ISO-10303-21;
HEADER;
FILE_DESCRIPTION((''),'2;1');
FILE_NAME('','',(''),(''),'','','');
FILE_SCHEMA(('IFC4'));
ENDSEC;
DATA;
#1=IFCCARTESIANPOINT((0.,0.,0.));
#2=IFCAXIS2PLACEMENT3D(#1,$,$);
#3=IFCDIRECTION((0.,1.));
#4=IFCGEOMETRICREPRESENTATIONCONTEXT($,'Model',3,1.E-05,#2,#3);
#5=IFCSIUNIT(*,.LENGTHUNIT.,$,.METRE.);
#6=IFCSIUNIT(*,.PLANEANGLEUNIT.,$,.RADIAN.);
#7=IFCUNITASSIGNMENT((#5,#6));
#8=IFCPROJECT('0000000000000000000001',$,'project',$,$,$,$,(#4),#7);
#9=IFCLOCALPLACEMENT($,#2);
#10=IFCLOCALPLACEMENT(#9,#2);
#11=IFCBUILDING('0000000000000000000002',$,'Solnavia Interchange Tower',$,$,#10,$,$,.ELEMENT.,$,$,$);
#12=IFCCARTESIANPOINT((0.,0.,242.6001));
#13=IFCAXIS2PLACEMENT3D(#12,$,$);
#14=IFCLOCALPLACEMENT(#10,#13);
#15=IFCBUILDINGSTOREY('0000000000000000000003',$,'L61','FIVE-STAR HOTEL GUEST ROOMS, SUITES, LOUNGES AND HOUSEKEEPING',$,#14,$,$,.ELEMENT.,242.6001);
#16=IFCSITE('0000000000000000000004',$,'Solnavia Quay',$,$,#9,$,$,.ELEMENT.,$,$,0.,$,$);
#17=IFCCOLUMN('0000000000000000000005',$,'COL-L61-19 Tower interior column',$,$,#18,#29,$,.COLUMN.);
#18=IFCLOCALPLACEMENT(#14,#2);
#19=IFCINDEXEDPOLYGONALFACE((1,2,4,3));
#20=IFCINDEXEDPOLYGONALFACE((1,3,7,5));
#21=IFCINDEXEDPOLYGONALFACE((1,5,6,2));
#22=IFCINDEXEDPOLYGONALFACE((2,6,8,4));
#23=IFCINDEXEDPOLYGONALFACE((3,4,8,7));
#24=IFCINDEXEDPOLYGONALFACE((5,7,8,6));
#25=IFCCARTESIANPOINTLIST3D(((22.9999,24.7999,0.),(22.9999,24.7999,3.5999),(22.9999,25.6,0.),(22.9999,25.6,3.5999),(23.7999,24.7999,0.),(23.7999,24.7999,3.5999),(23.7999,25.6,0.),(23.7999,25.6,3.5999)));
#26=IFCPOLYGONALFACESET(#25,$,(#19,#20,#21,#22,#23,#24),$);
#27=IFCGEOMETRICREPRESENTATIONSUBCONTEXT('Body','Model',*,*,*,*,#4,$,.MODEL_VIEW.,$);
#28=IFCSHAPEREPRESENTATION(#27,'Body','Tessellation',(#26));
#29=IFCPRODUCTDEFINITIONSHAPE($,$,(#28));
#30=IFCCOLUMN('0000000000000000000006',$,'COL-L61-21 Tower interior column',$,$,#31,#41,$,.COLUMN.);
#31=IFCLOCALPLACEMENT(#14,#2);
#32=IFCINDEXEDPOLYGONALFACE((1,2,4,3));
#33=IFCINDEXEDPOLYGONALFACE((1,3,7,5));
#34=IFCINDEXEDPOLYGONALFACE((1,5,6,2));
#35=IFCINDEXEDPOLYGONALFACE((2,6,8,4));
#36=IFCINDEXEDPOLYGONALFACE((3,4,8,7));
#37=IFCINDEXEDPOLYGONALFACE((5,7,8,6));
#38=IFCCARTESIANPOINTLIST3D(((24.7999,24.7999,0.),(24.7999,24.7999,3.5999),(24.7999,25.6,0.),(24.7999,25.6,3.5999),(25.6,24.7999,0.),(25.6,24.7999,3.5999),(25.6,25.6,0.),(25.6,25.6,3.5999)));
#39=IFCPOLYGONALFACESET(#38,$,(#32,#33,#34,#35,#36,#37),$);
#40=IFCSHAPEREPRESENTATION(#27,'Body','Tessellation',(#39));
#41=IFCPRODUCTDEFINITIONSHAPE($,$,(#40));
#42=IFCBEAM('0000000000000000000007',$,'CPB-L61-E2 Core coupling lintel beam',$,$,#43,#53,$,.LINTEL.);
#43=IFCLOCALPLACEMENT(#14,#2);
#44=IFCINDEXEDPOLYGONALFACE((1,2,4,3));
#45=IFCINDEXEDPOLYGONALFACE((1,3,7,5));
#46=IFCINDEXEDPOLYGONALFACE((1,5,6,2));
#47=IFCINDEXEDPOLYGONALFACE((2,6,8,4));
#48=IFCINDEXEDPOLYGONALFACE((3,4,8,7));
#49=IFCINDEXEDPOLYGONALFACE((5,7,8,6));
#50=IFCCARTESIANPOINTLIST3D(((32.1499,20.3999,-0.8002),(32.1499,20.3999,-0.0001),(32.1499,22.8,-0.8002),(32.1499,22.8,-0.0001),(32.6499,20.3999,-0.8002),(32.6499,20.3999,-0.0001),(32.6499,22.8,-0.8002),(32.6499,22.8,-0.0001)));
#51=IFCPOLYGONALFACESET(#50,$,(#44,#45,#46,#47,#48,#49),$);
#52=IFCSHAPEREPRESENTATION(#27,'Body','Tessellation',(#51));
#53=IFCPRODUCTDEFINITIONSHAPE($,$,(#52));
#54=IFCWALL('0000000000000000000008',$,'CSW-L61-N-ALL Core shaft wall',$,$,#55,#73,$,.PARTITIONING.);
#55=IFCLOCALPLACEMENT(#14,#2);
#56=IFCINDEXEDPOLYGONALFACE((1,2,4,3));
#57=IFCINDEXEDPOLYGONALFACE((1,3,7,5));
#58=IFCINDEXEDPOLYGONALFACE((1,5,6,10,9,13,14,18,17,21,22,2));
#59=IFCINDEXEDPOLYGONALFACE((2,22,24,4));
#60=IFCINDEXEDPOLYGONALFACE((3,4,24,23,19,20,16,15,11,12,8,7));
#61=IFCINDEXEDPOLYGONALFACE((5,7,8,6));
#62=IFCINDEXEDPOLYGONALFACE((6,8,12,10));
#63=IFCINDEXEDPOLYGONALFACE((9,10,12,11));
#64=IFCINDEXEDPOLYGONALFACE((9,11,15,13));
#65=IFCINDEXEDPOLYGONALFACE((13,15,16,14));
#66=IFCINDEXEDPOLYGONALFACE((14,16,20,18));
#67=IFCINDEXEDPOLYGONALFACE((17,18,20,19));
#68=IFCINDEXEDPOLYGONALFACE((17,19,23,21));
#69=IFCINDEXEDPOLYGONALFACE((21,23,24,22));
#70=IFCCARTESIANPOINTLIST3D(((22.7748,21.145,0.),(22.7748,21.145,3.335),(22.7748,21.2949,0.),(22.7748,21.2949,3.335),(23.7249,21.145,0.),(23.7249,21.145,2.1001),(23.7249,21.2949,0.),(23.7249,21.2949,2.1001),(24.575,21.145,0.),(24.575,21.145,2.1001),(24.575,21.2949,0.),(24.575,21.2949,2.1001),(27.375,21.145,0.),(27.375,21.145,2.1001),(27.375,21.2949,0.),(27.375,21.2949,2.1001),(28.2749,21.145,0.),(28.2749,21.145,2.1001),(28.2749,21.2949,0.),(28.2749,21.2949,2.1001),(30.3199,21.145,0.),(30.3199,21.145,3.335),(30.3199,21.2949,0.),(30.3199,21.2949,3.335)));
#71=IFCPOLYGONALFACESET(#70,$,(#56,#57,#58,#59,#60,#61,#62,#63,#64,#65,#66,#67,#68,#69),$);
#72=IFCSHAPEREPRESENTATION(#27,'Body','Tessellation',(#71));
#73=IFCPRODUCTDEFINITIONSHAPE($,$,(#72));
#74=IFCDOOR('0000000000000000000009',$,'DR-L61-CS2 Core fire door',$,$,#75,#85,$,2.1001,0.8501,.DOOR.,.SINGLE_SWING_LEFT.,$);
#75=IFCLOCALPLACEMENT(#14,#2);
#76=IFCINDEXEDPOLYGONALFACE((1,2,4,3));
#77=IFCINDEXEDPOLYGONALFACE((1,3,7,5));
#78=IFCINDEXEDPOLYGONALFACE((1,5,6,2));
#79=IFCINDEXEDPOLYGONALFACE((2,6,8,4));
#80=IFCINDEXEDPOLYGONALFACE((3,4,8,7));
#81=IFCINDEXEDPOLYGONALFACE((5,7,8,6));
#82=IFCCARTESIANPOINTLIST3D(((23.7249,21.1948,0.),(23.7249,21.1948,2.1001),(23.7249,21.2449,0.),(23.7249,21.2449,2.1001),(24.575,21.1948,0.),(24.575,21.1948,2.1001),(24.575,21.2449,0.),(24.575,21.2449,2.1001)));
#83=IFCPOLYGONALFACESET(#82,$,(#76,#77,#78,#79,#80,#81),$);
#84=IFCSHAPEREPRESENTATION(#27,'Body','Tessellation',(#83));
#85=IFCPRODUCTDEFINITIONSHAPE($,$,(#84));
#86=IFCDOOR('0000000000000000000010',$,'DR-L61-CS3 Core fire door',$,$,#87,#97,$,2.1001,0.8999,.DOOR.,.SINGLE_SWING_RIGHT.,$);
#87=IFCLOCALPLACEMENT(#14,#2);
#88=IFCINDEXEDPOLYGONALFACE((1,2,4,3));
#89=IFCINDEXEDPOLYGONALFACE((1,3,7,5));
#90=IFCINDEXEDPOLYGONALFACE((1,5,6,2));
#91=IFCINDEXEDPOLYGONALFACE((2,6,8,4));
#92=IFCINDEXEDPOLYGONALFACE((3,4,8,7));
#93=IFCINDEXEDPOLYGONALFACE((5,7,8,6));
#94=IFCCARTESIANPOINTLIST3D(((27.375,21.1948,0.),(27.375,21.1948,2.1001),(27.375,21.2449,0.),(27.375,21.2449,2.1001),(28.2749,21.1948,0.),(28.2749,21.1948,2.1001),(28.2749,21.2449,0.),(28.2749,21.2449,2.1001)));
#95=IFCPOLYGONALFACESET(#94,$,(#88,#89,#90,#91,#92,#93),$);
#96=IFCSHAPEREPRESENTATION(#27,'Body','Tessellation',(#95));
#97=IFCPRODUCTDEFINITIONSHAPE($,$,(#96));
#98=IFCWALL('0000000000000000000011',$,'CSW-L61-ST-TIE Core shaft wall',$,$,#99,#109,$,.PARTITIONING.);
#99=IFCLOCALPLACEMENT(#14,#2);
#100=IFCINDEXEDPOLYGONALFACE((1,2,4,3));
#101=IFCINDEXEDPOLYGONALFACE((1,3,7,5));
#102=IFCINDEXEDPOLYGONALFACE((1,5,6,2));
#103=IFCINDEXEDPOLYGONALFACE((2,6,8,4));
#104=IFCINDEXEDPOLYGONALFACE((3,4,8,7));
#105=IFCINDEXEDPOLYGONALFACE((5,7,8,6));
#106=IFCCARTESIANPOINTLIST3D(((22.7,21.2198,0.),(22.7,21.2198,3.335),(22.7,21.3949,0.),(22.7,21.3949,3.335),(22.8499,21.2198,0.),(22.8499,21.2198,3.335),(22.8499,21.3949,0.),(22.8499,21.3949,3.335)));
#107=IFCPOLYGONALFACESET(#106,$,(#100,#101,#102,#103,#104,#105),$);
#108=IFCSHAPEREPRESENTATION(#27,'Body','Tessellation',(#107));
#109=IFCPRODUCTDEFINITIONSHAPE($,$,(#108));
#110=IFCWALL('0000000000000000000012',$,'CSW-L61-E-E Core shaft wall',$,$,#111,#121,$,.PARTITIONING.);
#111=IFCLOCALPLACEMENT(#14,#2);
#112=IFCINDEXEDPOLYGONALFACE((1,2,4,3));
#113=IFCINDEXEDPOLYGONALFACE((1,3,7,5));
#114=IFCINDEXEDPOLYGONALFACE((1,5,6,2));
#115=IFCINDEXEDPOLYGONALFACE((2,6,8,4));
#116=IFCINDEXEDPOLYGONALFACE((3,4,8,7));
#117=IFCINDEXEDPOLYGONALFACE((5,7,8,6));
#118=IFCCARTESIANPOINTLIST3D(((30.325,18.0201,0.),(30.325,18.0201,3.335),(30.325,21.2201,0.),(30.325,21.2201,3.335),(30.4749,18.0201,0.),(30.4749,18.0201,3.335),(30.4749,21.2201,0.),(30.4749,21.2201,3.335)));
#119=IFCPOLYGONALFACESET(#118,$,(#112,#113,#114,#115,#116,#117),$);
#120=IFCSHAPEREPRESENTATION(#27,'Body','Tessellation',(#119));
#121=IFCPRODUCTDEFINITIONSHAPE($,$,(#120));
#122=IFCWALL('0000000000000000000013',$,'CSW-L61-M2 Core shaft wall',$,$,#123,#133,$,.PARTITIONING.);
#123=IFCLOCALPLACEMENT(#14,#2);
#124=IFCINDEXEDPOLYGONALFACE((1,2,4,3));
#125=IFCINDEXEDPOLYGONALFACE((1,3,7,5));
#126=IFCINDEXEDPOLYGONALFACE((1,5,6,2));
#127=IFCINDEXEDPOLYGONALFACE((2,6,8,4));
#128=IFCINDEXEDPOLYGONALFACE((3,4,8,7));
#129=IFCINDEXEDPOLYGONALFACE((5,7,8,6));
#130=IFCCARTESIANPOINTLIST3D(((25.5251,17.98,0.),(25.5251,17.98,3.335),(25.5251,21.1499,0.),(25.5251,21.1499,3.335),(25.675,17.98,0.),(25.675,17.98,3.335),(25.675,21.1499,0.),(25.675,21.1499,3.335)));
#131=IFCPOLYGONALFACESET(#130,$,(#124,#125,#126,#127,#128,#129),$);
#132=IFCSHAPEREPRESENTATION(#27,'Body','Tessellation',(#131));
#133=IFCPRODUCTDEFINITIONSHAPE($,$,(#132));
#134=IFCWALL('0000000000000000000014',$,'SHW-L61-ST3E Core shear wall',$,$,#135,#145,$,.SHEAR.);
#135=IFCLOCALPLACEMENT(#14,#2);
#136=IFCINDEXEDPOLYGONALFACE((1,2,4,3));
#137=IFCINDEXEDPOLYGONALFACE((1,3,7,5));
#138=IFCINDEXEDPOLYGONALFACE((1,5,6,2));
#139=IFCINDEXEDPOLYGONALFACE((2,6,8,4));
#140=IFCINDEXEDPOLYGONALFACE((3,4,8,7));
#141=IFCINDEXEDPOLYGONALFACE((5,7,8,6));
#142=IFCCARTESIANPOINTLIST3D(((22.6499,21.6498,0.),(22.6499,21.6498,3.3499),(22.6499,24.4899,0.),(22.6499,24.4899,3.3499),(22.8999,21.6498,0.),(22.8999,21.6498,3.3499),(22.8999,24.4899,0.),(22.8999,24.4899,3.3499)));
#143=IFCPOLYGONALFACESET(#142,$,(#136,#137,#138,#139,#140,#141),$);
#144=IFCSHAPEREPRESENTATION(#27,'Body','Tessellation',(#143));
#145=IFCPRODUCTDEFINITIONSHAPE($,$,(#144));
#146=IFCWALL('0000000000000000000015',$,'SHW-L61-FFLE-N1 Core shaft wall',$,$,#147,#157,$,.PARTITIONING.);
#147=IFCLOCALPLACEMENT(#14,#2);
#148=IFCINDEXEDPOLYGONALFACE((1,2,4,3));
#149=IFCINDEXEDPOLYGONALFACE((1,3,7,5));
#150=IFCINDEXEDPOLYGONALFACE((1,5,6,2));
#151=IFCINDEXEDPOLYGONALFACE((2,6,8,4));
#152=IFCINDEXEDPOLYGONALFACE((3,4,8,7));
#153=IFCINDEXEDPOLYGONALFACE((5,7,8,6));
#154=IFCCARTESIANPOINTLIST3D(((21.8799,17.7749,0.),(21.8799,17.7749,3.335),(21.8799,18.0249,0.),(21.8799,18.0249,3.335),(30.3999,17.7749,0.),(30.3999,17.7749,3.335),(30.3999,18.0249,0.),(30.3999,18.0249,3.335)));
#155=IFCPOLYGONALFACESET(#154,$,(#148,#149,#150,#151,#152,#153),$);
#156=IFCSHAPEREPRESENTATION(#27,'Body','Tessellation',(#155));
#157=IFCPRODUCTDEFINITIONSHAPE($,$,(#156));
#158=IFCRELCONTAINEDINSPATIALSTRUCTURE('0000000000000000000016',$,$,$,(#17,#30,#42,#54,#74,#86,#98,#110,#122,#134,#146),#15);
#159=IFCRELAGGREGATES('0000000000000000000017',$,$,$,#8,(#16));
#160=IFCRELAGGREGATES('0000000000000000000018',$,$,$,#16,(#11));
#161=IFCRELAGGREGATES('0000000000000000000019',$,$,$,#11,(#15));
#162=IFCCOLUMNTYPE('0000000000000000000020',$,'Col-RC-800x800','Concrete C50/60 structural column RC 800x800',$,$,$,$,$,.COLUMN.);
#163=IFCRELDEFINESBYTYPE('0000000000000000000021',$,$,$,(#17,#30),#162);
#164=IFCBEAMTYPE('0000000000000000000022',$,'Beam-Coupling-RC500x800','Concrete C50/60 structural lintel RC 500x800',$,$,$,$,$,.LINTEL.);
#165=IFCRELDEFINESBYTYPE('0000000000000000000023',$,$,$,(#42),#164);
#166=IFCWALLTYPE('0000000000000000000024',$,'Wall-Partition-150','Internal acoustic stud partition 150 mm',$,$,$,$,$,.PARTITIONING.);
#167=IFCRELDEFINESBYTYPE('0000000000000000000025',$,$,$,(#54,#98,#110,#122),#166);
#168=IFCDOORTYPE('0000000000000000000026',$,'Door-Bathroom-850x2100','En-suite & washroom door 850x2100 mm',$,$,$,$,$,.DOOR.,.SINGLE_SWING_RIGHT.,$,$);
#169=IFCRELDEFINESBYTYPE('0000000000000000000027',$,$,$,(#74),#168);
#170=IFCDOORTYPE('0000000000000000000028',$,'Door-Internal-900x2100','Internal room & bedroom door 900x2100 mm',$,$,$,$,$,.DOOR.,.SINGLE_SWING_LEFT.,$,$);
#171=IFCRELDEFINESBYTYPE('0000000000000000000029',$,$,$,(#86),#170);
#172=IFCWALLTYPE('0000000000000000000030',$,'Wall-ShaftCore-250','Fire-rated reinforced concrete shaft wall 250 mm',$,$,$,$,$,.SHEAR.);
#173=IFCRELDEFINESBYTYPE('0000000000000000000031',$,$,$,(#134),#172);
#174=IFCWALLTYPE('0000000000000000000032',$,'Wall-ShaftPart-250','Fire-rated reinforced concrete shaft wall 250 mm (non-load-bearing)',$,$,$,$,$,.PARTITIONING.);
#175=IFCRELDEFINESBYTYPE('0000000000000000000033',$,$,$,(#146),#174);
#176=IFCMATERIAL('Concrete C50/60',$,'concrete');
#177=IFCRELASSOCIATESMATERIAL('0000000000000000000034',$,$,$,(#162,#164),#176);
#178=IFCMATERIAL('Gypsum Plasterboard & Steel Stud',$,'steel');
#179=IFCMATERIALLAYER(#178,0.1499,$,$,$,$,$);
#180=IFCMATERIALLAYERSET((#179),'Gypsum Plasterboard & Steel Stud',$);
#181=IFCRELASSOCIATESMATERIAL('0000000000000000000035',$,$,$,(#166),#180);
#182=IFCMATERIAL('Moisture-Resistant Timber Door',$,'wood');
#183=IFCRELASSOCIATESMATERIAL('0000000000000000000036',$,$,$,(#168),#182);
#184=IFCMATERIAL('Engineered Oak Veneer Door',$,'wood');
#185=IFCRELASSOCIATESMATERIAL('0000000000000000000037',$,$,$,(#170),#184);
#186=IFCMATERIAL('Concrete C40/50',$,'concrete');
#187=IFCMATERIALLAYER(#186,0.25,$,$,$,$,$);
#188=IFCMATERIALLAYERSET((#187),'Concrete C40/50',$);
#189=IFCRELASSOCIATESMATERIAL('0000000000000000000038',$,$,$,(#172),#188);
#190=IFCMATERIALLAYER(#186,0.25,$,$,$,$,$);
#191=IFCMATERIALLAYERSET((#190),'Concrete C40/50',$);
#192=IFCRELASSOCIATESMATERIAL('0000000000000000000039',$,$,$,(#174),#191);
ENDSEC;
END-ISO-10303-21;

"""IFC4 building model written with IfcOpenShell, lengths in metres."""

from ifc_helpers import new_model, si_unit, direction, frame, frame_2d, origin, origin_2d, place, context, subcontext, project, spatial, rectangle, extrude, material, layer, layer_set, material_profile, profile_set, type_object, element, fill, save


model = new_model("IFC4")

# Units and contexts
model_context = context("Model", 3, precision=1e-05, world=origin(), true_north=direction((0.0, 1.0)))
body_context = subcontext(model_context, "Body", "Model", "MODEL_VIEW")
ifc_project = project(units=[si_unit("LENGTHUNIT", "METRE"), si_unit("PLANEANGLEUNIT", "RADIAN")], contexts=[model_context])

# Site, building, storey
site_placement = place(None, origin())
site = spatial("IfcSite", under=ifc_project, at=site_placement, Name="Solnavia Quay", CompositionType="ELEMENT", RefElevation=0.0)
building_placement = place(site_placement, origin())
building = spatial("IfcBuilding", under=site, at=building_placement, Name="Solnavia Interchange Tower", CompositionType="ELEMENT")
storey_placement = place(building_placement, frame((0.0, 0.0, 242.6001)))
storey = spatial("IfcBuildingStorey", under=building, at=storey_placement, Name="L61", Description="FIVE-STAR HOTEL GUEST ROOMS, SUITES, LOUNGES AND HOUSEKEEPING", CompositionType="ELEMENT", Elevation=242.6001)

# Columns
ifc_material_1 = material(Name="Concrete C50/60", Category="concrete")
ifc_material_profile_1 = material_profile(ifc_material_1, rectangle(XDim=0.8, YDim=0.8, at=origin_2d()), Name="RC 800x800")
ifc_profile_set_1 = profile_set([ifc_material_profile_1], Name="Concrete C50/60")
column_type = type_object("IfcColumnType", Name="Col-RC-800x800", Description="Concrete C50/60 structural column RC 800x800", PredefinedType="COLUMN", material=ifc_profile_set_1)
for number, where, z_axis, x_axis, name in (
    (1, (23.3999, 25.2, 0.0), (0.0, 0.0, 1.0), (1.0, 0.0, 0.0), "COL-L61-19 Tower interior column"),
    (2, (25.2, 25.2, 0.0), (0.0, 0.0, 1.0), (1.0, 0.0, 0.0), "COL-L61-21 Tower interior column"),
):
    element("IfcColumn", number, at=place(storey_placement, frame(where, z_axis=z_axis, x_axis=x_axis)), inside=storey, type_object=column_type, Name=name, PredefinedType="COLUMN", context=body_context, shape_type="SweptSolid", body=[
        extrude(rectangle(XDim=0.8, YDim=0.8, at=origin_2d()), origin(), (0.0, 0.0, 1.0), 3.5999),
    ])

# Beam
ifc_material_profile_2 = material_profile(ifc_material_1, rectangle(XDim=0.5, YDim=0.8, at=origin_2d()), Name="RC 500x800")
ifc_profile_set_2 = profile_set([ifc_material_profile_2], Name="Concrete C50/60")
beam_type = type_object("IfcBeamType", Name="Beam-Coupling-RC500x800", Description="Concrete C50/60 structural lintel RC 500x800", PredefinedType="LINTEL", material=ifc_profile_set_2)
beam_placement = place(storey_placement, frame((32.3999, 20.3999, -0.4001), z_axis=(0.0, 1.0, 0.0), x_axis=(-1.0, 0.0, 0.0)))
element("IfcBeam", 3, at=beam_placement, inside=storey, type_object=beam_type, Name="CPB-L61-E2 Core coupling lintel beam", PredefinedType="LINTEL", context=body_context, shape_type="SweptSolid", body=[
    extrude(rectangle(XDim=0.5, YDim=0.8, at=origin_2d()), origin(), (0.0, 0.0, 1.0), 2.4001),
])

# Wall, openings, doors
ifc_material_2 = material(Name="Gypsum Plasterboard & Steel Stud", Category="steel")
ifc_layer_1 = layer(ifc_material_2, 0.1499)
ifc_layer_set_1 = layer_set([ifc_layer_1], Name="Gypsum Plasterboard & Steel Stud")
wall_type_1 = type_object("IfcWallType", Name="Wall-Partition-150", Description="Internal acoustic stud partition 150 mm", PredefinedType="PARTITIONING", material=ifc_layer_set_1)
wall_1_placement = place(storey_placement, frame((22.7749, 21.22, 0.0), z_axis=(0.0, 0.0, 1.0), x_axis=(1.0, 0.0, 0.0)))
wall_1 = element("IfcWall", 4, at=wall_1_placement, inside=storey, type_object=wall_type_1, Name="CSW-L61-N-ALL Core shaft wall", PredefinedType="PARTITIONING", context=body_context, shape_type="SweptSolid", body=[
    extrude(rectangle(XDim=7.5452, YDim=0.1499, at=frame_2d((3.7725, 0.0))), origin(), (0.0, 0.0, 1.0), 3.335),
])
opening_1_placement = place(wall_1_placement, frame((0.95, 0.0, 0.0)))
opening_1 = element("IfcOpeningElement", 5, at=opening_1_placement, cuts=wall_1, PredefinedType="OPENING", context=body_context, shape_type="SweptSolid", body=[
    extrude(rectangle(XDim=0.8501, YDim=2.1001, at=frame_2d((0.425, 1.05))), frame((0.0, 0.085, 0.0), z_axis=(0.0, -1.0, 0.0), x_axis=(1.0, 0.0, 0.0)), (0.0, 0.0, 1.0), 0.1699),
])
opening_2_placement = place(wall_1_placement, frame((4.6001, 0.0, 0.0)))
opening_2 = element("IfcOpeningElement", 6, at=opening_2_placement, cuts=wall_1, PredefinedType="OPENING", context=body_context, shape_type="SweptSolid", body=[
    extrude(rectangle(XDim=0.8999, YDim=2.1001, at=frame_2d((0.45, 1.05))), frame((0.0, 0.085, 0.0), z_axis=(0.0, -1.0, 0.0), x_axis=(1.0, 0.0, 0.0)), (0.0, 0.0, 1.0), 0.1699),
])
ifc_material_3 = material(Name="Moisture-Resistant Timber Door", Category="wood")
door_type_1 = type_object("IfcDoorType", Name="Door-Bathroom-850x2100", Description="En-suite & washroom door 850x2100 mm", OperationType="SINGLE_SWING_RIGHT", PredefinedType="DOOR", material=ifc_material_3)
door_1_placement = place(opening_1_placement, origin())
door_1 = element("IfcDoor", 7, at=door_1_placement, inside=storey, type_object=door_type_1, Name="DR-L61-CS2 Core fire door", OperationType="SINGLE_SWING_LEFT", OverallHeight=2.1001, OverallWidth=0.8501, PredefinedType="DOOR", context=body_context, shape_type="SweptSolid", body=[
    extrude(rectangle(XDim=0.8501, YDim=2.1001, at=frame_2d((0.425, 1.05))), frame((0.0, 0.0249, 0.0), z_axis=(0.0, -1.0, 0.0), x_axis=(1.0, 0.0, 0.0)), (0.0, 0.0, 1.0), 0.05),
])
fill(opening_1, door_1)
ifc_material_4 = material(Name="Engineered Oak Veneer Door", Category="wood")
door_type_2 = type_object("IfcDoorType", Name="Door-Internal-900x2100", Description="Internal room & bedroom door 900x2100 mm", OperationType="SINGLE_SWING_LEFT", PredefinedType="DOOR", material=ifc_material_4)
door_2_placement = place(opening_2_placement, origin())
door_2 = element("IfcDoor", 8, at=door_2_placement, inside=storey, type_object=door_type_2, Name="DR-L61-CS3 Core fire door", OperationType="SINGLE_SWING_RIGHT", OverallHeight=2.1001, OverallWidth=0.8999, PredefinedType="DOOR", context=body_context, shape_type="SweptSolid", body=[
    extrude(rectangle(XDim=0.8999, YDim=2.1001, at=frame_2d((0.45, 1.05))), frame((0.0, 0.0249, 0.0), z_axis=(0.0, -1.0, 0.0), x_axis=(1.0, 0.0, 0.0)), (0.0, 0.0, 1.0), 0.05),
])
fill(opening_2, door_2)

# Walls
wall_2_placement = place(storey_placement, frame((22.7749, 21.22, 0.0), z_axis=(0.0, 0.0, 1.0), x_axis=(0.0, 1.0, 0.0)))
element("IfcWall", 9, at=wall_2_placement, inside=storey, type_object=wall_type_1, Name="CSW-L61-ST-TIE Core shaft wall", PredefinedType="PARTITIONING", context=body_context, shape_type="SweptSolid", body=[
    extrude(rectangle(XDim=0.175, YDim=0.1499, at=frame_2d((0.0874, 0.0))), origin(), (0.0, 0.0, 1.0), 3.335),
])
wall_3_placement = place(storey_placement, frame((30.3999, 18.02, 0.0), z_axis=(0.0, 0.0, 1.0), x_axis=(0.0, 1.0, 0.0)))
element("IfcWall", 10, at=wall_3_placement, inside=storey, type_object=wall_type_1, Name="CSW-L61-E-E Core shaft wall", PredefinedType="PARTITIONING", context=body_context, shape_type="SweptSolid", body=[
    extrude(rectangle(XDim=3.2, YDim=0.1499, at=frame_2d((1.6001, 0.0))), origin(), (0.0, 0.0, 1.0), 3.335),
])
wall_4_placement = place(storey_placement, frame((25.6001, 17.98, 0.0), z_axis=(0.0, 0.0, 1.0), x_axis=(0.0, 1.0, 0.0)))
element("IfcWall", 11, at=wall_4_placement, inside=storey, type_object=wall_type_1, Name="CSW-L61-M2 Core shaft wall", PredefinedType="PARTITIONING", context=body_context, shape_type="SweptSolid", body=[
    extrude(rectangle(XDim=3.1699, YDim=0.1499, at=frame_2d((1.585, 0.0))), origin(), (0.0, 0.0, 1.0), 3.335),
])
ifc_material_5 = material(Name="Concrete C40/50", Category="concrete")
ifc_layer_2 = layer(ifc_material_5, 0.25)
ifc_layer_set_2 = layer_set([ifc_layer_2], Name="Concrete C40/50")
wall_type_2 = type_object("IfcWallType", Name="Wall-ShaftCore-250", Description="Fire-rated reinforced concrete shaft wall 250 mm", PredefinedType="SHEAR", material=ifc_layer_set_2)
wall_5_placement = place(storey_placement, frame((22.7749, 21.6499, 0.0), z_axis=(0.0, 0.0, 1.0), x_axis=(0.0, 1.0, 0.0)))
element("IfcWall", 12, at=wall_5_placement, inside=storey, type_object=wall_type_2, Name="SHW-L61-ST3E Core shear wall", PredefinedType="SHEAR", context=body_context, shape_type="SweptSolid", body=[
    extrude(rectangle(XDim=2.8401, YDim=0.25, at=frame_2d((1.4199, 0.0))), origin(), (0.0, 0.0, 1.0), 3.3499),
])
ifc_layer_3 = layer(ifc_material_5, 0.25)
ifc_layer_set_3 = layer_set([ifc_layer_3], Name="Concrete C40/50")
wall_type_3 = type_object("IfcWallType", Name="Wall-ShaftPart-250", Description="Fire-rated reinforced concrete shaft wall 250 mm (non-load-bearing)", PredefinedType="PARTITIONING", material=ifc_layer_set_3)
wall_6_placement = place(storey_placement, frame((21.8799, 17.8999, 0.0), z_axis=(0.0, 0.0, 1.0), x_axis=(1.0, 0.0, 0.0)))
element("IfcWall", 13, at=wall_6_placement, inside=storey, type_object=wall_type_3, Name="SHW-L61-FFLE-N1 Core shaft wall", PredefinedType="PARTITIONING", context=body_context, shape_type="SweptSolid", body=[
    extrude(rectangle(XDim=8.52, YDim=0.25, at=frame_2d((4.26, 0.0))), origin(), (0.0, 0.0, 1.0), 3.335),
])

save(model, "model.ifc")
